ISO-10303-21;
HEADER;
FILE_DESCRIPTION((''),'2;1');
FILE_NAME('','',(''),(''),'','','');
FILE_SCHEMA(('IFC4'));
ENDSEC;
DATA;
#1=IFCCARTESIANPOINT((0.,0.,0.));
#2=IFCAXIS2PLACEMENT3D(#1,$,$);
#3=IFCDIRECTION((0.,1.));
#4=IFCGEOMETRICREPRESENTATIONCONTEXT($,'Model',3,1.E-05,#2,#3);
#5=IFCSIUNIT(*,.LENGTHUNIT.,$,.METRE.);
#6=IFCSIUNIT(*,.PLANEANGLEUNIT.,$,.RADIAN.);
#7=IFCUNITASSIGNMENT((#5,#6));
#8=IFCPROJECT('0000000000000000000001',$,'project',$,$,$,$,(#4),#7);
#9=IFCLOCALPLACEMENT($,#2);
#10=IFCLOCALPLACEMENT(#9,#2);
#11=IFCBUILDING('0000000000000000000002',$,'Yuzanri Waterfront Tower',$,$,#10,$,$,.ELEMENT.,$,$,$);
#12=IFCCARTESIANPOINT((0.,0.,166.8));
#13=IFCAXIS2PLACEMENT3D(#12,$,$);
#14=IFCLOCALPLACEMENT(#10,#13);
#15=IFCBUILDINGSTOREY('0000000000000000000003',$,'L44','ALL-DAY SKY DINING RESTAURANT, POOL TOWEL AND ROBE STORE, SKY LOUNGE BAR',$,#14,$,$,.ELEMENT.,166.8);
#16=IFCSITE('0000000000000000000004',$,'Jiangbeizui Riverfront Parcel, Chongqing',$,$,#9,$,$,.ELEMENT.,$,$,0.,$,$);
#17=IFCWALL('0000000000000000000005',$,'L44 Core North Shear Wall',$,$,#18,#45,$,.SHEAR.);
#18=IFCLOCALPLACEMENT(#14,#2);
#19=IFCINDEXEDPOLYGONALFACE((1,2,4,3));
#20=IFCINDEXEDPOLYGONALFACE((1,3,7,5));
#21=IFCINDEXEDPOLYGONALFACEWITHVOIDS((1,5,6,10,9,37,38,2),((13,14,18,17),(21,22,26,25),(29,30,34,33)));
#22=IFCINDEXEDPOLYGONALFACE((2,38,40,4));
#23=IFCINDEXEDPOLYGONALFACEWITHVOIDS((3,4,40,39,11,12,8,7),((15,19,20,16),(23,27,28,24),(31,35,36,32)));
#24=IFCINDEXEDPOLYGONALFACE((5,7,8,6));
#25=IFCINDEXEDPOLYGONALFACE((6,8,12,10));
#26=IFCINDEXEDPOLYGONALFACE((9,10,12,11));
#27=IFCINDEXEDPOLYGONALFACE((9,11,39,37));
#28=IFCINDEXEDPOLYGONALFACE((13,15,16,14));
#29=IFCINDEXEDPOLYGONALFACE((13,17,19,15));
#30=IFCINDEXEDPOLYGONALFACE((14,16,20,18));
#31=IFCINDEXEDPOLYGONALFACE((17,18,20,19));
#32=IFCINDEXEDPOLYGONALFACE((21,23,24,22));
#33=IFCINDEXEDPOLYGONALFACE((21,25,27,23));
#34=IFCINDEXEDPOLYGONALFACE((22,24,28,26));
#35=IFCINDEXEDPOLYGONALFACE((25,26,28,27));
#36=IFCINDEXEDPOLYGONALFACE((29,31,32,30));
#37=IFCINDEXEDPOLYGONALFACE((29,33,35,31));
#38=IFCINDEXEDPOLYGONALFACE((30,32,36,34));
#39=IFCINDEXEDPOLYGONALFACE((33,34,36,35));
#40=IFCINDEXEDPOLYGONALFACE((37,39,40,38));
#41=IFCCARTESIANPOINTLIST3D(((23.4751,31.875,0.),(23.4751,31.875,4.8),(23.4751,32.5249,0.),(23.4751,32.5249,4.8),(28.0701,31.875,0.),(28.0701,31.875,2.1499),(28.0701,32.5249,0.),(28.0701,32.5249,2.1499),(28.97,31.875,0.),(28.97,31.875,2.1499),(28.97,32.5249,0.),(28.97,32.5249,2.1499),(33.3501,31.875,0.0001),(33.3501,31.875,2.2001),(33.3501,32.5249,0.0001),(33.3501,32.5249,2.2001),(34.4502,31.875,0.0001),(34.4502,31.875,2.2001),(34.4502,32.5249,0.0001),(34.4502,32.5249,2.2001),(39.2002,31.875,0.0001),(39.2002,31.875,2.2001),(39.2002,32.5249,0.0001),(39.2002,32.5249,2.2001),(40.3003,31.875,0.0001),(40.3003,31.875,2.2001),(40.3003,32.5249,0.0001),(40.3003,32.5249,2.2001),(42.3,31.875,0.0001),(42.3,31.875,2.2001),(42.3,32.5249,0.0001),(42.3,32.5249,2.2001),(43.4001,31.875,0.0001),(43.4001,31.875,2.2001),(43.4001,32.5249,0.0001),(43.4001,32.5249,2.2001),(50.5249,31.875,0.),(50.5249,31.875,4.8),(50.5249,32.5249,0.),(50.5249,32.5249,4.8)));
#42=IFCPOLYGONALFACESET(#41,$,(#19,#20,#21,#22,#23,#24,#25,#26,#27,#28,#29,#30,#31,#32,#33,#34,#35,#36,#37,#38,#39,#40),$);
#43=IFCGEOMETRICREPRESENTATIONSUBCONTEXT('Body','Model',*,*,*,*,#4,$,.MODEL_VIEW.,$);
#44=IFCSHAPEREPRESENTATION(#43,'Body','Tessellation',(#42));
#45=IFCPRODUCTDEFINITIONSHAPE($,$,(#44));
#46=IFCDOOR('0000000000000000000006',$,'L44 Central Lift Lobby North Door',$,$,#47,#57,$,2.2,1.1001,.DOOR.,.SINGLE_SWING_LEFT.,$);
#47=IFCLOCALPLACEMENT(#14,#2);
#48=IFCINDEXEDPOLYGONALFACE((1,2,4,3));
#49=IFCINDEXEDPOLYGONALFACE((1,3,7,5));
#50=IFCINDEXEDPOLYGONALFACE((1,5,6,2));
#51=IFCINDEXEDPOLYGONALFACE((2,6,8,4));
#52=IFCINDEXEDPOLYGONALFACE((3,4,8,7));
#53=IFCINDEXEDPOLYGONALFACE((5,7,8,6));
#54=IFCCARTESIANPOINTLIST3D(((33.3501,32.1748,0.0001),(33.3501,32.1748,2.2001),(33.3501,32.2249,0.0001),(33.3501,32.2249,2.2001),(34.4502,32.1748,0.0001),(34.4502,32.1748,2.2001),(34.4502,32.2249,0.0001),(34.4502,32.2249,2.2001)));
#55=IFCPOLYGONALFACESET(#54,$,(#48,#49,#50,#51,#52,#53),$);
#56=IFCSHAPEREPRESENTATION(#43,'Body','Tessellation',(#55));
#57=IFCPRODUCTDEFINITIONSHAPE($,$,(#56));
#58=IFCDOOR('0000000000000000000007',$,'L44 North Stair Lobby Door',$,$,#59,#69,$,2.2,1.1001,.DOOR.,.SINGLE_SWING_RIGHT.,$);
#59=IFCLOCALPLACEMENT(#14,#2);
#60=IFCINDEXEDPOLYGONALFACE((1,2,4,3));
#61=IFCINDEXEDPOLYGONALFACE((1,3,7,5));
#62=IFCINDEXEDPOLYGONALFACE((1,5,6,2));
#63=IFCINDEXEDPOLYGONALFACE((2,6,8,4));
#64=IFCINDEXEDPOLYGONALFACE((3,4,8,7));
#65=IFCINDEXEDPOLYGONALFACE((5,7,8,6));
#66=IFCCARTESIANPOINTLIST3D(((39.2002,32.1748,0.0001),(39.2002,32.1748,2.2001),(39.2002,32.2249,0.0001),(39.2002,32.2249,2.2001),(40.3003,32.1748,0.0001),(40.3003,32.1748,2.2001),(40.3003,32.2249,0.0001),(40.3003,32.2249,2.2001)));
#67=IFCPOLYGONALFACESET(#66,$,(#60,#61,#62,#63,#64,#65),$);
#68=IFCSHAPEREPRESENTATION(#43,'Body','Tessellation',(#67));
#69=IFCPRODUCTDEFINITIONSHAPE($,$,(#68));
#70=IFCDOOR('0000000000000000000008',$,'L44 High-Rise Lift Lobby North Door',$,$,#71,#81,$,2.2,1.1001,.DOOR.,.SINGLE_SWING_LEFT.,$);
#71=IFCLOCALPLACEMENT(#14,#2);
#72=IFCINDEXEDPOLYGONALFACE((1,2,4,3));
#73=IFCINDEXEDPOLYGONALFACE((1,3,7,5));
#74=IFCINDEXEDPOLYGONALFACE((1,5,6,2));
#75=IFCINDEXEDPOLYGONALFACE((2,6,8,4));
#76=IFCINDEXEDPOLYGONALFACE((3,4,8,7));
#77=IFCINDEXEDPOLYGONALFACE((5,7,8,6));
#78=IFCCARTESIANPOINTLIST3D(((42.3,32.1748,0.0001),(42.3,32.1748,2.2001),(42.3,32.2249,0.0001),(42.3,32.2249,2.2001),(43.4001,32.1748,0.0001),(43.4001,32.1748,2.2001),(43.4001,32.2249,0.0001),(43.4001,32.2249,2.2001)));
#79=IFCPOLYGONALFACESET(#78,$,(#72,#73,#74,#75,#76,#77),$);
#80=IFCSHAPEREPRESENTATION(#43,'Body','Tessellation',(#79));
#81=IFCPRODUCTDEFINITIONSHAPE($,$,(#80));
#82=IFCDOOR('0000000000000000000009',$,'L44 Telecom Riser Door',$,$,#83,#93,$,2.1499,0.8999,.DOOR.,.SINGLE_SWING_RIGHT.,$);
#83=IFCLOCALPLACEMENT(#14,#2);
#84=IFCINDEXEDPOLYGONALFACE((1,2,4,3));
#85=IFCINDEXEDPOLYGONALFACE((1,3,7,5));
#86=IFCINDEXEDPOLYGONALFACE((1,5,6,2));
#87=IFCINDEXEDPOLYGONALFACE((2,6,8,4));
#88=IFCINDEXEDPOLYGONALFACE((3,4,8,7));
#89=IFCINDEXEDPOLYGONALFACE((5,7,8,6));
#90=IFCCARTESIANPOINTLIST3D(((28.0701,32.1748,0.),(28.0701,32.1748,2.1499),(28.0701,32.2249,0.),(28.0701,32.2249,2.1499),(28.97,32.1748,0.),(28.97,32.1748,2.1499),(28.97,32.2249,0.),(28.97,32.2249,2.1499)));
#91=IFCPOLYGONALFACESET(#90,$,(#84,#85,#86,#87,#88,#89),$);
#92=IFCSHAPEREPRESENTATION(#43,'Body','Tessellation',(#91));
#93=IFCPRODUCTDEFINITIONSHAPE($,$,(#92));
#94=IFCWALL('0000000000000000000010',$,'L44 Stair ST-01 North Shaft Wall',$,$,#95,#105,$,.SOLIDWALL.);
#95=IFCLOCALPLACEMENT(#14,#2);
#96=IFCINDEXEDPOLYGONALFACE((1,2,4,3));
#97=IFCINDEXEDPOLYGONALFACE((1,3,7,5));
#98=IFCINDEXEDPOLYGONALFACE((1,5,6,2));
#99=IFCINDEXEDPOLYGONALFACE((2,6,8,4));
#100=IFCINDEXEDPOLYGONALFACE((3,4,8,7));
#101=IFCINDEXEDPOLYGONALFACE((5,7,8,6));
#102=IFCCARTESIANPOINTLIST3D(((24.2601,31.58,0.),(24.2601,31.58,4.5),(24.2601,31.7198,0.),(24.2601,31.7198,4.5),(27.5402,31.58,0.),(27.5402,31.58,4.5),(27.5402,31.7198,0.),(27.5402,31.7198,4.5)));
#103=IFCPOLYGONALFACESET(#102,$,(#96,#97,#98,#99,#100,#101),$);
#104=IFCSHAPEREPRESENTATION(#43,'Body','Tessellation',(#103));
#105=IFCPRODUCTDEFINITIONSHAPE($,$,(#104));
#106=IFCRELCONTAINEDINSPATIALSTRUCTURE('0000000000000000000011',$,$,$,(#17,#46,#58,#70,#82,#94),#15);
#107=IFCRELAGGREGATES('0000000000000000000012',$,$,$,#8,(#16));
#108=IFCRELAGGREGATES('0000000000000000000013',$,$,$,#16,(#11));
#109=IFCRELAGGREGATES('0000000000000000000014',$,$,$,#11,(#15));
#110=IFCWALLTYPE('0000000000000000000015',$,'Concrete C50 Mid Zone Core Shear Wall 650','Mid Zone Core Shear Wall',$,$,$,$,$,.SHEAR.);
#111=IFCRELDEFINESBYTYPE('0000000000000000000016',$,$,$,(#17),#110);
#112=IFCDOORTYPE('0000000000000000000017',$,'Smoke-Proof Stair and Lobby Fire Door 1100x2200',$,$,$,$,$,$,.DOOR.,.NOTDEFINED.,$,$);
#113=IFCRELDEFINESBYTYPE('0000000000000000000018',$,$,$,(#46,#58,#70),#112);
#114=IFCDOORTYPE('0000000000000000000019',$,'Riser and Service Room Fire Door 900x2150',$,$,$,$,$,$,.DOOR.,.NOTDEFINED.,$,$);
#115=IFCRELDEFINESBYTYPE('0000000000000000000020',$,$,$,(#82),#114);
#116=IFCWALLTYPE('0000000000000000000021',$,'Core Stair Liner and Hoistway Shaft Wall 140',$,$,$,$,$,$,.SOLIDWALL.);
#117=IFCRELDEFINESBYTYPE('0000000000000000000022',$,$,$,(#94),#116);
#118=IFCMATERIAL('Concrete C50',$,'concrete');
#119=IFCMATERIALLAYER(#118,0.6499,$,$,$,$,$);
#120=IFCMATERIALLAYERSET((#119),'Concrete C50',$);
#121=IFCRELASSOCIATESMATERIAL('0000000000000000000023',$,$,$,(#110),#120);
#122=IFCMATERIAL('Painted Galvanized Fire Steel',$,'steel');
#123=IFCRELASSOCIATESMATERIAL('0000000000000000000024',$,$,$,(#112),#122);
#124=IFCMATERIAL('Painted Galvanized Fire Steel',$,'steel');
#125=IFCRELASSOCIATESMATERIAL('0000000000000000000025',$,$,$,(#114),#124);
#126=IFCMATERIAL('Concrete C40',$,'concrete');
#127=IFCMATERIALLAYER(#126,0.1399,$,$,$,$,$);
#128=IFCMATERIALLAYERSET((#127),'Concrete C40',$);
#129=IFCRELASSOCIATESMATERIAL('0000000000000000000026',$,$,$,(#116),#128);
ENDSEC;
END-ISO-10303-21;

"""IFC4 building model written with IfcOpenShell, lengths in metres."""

from ifc_helpers import new_model, si_unit, direction, frame, frame_2d, origin, place, context, subcontext, project, spatial, rectangle, extrude, source, transform, mapped, material, layer, layer_set, type_object, element, fill, save


model = new_model("IFC4")

# Units and contexts
model_context = context("Model", 3, precision=1e-05, world=origin(), true_north=direction((0.0, 1.0)))
body_context = subcontext(model_context, "Body", "Model", "MODEL_VIEW")
ifc_project = project(units=[si_unit("LENGTHUNIT", "METRE"), si_unit("PLANEANGLEUNIT", "RADIAN")], contexts=[model_context])

# Site, building, storey
site_placement = place(None, origin())
site = spatial("IfcSite", under=ifc_project, at=site_placement, Name="Jiangbeizui Riverfront Parcel, Chongqing", CompositionType="ELEMENT", RefElevation=0.0)
building_placement = place(site_placement, origin())
building = spatial("IfcBuilding", under=site, at=building_placement, Name="Yuzanri Waterfront Tower", CompositionType="ELEMENT")
storey_placement = place(building_placement, frame((0.0, 0.0, 166.8)))
storey = spatial("IfcBuildingStorey", under=building, at=storey_placement, Name="L44", Description="ALL-DAY SKY DINING RESTAURANT, POOL TOWEL AND ROBE STORE, SKY LOUNGE BAR", CompositionType="ELEMENT", Elevation=166.8)

# Wall, openings, doors
ifc_material_1 = material(Name="Concrete C50", Category="concrete")
ifc_layer_1 = layer(ifc_material_1, 0.6499)
ifc_layer_set_1 = layer_set([ifc_layer_1], Name="Concrete C50")
wall_type_1 = type_object("IfcWallType", Name="Concrete C50 Mid Zone Core Shear Wall 650", Description="Mid Zone Core Shear Wall", PredefinedType="SHEAR", material=ifc_layer_set_1)
wall_1_placement = place(storey_placement, frame((23.4751, 32.2, 0.0), z_axis=(0.0, 0.0, 1.0), x_axis=(1.0, 0.0, 0.0)))
wall_1 = element("IfcWall", 1, at=wall_1_placement, inside=storey, type_object=wall_type_1, Name="L44 Core North Shear Wall", PredefinedType="SHEAR", context=body_context, shape_type="SweptSolid", body=[
    extrude(rectangle(XDim=27.0498, YDim=0.6499, at=frame_2d((13.5249, 0.0))), origin(), (0.0, 0.0, 1.0), 4.8),
])
opening_1_placement = place(wall_1_placement, frame((4.595, 0.0, 0.0)))
opening_1 = element("IfcOpeningElement", 2, at=opening_1_placement, cuts=wall_1, PredefinedType="OPENING", context=body_context, shape_type="SweptSolid", body=[
    extrude(rectangle(XDim=0.8999, YDim=2.1499, at=frame_2d((0.45, 1.075))), frame((0.0, 0.3398, 0.0), z_axis=(0.0, -1.0, 0.0), x_axis=(1.0, 0.0, 0.0)), (0.0, 0.0, 1.0), 0.6797),
])
opening_2_placement = place(wall_1_placement, frame((9.875, 0.0, 0.0)))
opening_2 = element("IfcOpeningElement", 3, at=opening_2_placement, cuts=wall_1, PredefinedType="OPENING", context=body_context, shape_type="SweptSolid", body=[
    extrude(rectangle(XDim=1.1001, YDim=2.2, at=frame_2d((0.55, 1.1001))), frame((0.0, 0.3398, 0.0), z_axis=(0.0, -1.0, 0.0), x_axis=(1.0, 0.0, 0.0)), (0.0, 0.0, 1.0), 0.6797),
])
opening_3_placement = place(wall_1_placement, frame((15.7251, 0.0, 0.0)))
opening_3 = element("IfcOpeningElement", 4, at=opening_3_placement, cuts=wall_1, PredefinedType="OPENING", context=body_context, shape_type="SweptSolid", body=[
    extrude(rectangle(XDim=1.1001, YDim=2.2, at=frame_2d((0.55, 1.1001))), frame((0.0, 0.3398, 0.0), z_axis=(0.0, -1.0, 0.0), x_axis=(1.0, 0.0, 0.0)), (0.0, 0.0, 1.0), 0.6797),
])
opening_4_placement = place(wall_1_placement, frame((18.825, 0.0, 0.0)))
opening_4 = element("IfcOpeningElement", 5, at=opening_4_placement, cuts=wall_1, PredefinedType="OPENING", context=body_context, shape_type="SweptSolid", body=[
    extrude(rectangle(XDim=1.1001, YDim=2.2, at=frame_2d((0.55, 1.1001))), frame((0.0, 0.3398, 0.0), z_axis=(0.0, -1.0, 0.0), x_axis=(1.0, 0.0, 0.0)), (0.0, 0.0, 1.0), 0.6797),
])
ifc_material_2 = material(Name="Painted Galvanized Fire Steel", Category="steel")
door_type_1 = type_object("IfcDoorType", Name="Smoke-Proof Stair and Lobby Fire Door 1100x2200", OperationType="NOTDEFINED", PredefinedType="DOOR", material=ifc_material_2)
shared_shape_1 = source(origin(), body_context, "Body", "SweptSolid", [
    extrude(rectangle(XDim=1.1001, YDim=2.2, at=frame_2d((0.55, 1.1001))), frame((0.0, 0.0249, 0.0), z_axis=(0.0, -1.0, 0.0), x_axis=(1.0, 0.0, 0.0)), (0.0, 0.0, 1.0), 0.05),
])
door_1_placement = place(opening_2_placement, origin())
door_1 = element("IfcDoor", 6, at=door_1_placement, inside=storey, type_object=door_type_1, Name="L44 Central Lift Lobby North Door", OperationType="SINGLE_SWING_LEFT", OverallHeight=2.2, OverallWidth=1.1001, PredefinedType="DOOR", context=body_context, shape_type="MappedRepresentation", body=[
    mapped(shared_shape_1, transform((0.0, 0.0, 0.0), scale=1.0)),
])
fill(opening_2, door_1)
door_2_placement = place(opening_3_placement, origin())
door_2 = element("IfcDoor", 7, at=door_2_placement, inside=storey, type_object=door_type_1, Name="L44 North Stair Lobby Door", OperationType="SINGLE_SWING_RIGHT", OverallHeight=2.2, OverallWidth=1.1001, PredefinedType="DOOR", context=body_context, shape_type="MappedRepresentation", body=[
    mapped(shared_shape_1, transform((0.0, 0.0, 0.0), scale=1.0)),
])
fill(opening_3, door_2)
door_3_placement = place(opening_4_placement, origin())
door_3 = element("IfcDoor", 8, at=door_3_placement, inside=storey, type_object=door_type_1, Name="L44 High-Rise Lift Lobby North Door", OperationType="SINGLE_SWING_LEFT", OverallHeight=2.2, OverallWidth=1.1001, PredefinedType="DOOR", context=body_context, shape_type="MappedRepresentation", body=[
    mapped(shared_shape_1, transform((0.0, 0.0, 0.0), scale=1.0)),
])
fill(opening_4, door_3)
ifc_material_3 = material(Name="Painted Galvanized Fire Steel", Category="steel")
door_type_2 = type_object("IfcDoorType", Name="Riser and Service Room Fire Door 900x2150", OperationType="NOTDEFINED", PredefinedType="DOOR", material=ifc_material_3)
shared_shape_2 = source(origin(), body_context, "Body", "SweptSolid", [
    extrude(rectangle(XDim=0.8999, YDim=2.1499, at=frame_2d((0.45, 1.075))), frame((0.0, 0.0249, 0.0), z_axis=(0.0, -1.0, 0.0), x_axis=(1.0, 0.0, 0.0)), (0.0, 0.0, 1.0), 0.05),
])
door_4_placement = place(opening_1_placement, origin())
door_4 = element("IfcDoor", 9, at=door_4_placement, inside=storey, type_object=door_type_2, Name="L44 Telecom Riser Door", OperationType="SINGLE_SWING_RIGHT", OverallHeight=2.1499, OverallWidth=0.8999, PredefinedType="DOOR", context=body_context, shape_type="MappedRepresentation", body=[
    mapped(shared_shape_2, transform((0.0, 0.0, 0.0), scale=1.0)),
])
fill(opening_1, door_4)

# Wall
ifc_material_4 = material(Name="Concrete C40", Category="concrete")
ifc_layer_2 = layer(ifc_material_4, 0.1399)
ifc_layer_set_2 = layer_set([ifc_layer_2], Name="Concrete C40")
wall_type_2 = type_object("IfcWallType", Name="Core Stair Liner and Hoistway Shaft Wall 140", PredefinedType="SOLIDWALL", material=ifc_layer_set_2)
shared_shape_3 = source(origin(), body_context, "Body", "SweptSolid", [
    extrude(rectangle(XDim=3.28, YDim=0.1399, at=frame_2d((1.6401, 0.0))), origin(), (0.0, 0.0, 1.0), 4.5),
])
wall_2_placement = place(storey_placement, frame((24.26, 31.6499, 0.0), z_axis=(0.0, 0.0, 1.0), x_axis=(1.0, 0.0, 0.0)))
element("IfcWall", 10, at=wall_2_placement, inside=storey, type_object=wall_type_2, Name="L44 Stair ST-01 North Shaft Wall", PredefinedType="SOLIDWALL", context=body_context, shape_type="MappedRepresentation", body=[
    mapped(shared_shape_3, transform((0.0, 0.0, 0.0), scale=1.0)),
])

save(model, "model.ifc")
